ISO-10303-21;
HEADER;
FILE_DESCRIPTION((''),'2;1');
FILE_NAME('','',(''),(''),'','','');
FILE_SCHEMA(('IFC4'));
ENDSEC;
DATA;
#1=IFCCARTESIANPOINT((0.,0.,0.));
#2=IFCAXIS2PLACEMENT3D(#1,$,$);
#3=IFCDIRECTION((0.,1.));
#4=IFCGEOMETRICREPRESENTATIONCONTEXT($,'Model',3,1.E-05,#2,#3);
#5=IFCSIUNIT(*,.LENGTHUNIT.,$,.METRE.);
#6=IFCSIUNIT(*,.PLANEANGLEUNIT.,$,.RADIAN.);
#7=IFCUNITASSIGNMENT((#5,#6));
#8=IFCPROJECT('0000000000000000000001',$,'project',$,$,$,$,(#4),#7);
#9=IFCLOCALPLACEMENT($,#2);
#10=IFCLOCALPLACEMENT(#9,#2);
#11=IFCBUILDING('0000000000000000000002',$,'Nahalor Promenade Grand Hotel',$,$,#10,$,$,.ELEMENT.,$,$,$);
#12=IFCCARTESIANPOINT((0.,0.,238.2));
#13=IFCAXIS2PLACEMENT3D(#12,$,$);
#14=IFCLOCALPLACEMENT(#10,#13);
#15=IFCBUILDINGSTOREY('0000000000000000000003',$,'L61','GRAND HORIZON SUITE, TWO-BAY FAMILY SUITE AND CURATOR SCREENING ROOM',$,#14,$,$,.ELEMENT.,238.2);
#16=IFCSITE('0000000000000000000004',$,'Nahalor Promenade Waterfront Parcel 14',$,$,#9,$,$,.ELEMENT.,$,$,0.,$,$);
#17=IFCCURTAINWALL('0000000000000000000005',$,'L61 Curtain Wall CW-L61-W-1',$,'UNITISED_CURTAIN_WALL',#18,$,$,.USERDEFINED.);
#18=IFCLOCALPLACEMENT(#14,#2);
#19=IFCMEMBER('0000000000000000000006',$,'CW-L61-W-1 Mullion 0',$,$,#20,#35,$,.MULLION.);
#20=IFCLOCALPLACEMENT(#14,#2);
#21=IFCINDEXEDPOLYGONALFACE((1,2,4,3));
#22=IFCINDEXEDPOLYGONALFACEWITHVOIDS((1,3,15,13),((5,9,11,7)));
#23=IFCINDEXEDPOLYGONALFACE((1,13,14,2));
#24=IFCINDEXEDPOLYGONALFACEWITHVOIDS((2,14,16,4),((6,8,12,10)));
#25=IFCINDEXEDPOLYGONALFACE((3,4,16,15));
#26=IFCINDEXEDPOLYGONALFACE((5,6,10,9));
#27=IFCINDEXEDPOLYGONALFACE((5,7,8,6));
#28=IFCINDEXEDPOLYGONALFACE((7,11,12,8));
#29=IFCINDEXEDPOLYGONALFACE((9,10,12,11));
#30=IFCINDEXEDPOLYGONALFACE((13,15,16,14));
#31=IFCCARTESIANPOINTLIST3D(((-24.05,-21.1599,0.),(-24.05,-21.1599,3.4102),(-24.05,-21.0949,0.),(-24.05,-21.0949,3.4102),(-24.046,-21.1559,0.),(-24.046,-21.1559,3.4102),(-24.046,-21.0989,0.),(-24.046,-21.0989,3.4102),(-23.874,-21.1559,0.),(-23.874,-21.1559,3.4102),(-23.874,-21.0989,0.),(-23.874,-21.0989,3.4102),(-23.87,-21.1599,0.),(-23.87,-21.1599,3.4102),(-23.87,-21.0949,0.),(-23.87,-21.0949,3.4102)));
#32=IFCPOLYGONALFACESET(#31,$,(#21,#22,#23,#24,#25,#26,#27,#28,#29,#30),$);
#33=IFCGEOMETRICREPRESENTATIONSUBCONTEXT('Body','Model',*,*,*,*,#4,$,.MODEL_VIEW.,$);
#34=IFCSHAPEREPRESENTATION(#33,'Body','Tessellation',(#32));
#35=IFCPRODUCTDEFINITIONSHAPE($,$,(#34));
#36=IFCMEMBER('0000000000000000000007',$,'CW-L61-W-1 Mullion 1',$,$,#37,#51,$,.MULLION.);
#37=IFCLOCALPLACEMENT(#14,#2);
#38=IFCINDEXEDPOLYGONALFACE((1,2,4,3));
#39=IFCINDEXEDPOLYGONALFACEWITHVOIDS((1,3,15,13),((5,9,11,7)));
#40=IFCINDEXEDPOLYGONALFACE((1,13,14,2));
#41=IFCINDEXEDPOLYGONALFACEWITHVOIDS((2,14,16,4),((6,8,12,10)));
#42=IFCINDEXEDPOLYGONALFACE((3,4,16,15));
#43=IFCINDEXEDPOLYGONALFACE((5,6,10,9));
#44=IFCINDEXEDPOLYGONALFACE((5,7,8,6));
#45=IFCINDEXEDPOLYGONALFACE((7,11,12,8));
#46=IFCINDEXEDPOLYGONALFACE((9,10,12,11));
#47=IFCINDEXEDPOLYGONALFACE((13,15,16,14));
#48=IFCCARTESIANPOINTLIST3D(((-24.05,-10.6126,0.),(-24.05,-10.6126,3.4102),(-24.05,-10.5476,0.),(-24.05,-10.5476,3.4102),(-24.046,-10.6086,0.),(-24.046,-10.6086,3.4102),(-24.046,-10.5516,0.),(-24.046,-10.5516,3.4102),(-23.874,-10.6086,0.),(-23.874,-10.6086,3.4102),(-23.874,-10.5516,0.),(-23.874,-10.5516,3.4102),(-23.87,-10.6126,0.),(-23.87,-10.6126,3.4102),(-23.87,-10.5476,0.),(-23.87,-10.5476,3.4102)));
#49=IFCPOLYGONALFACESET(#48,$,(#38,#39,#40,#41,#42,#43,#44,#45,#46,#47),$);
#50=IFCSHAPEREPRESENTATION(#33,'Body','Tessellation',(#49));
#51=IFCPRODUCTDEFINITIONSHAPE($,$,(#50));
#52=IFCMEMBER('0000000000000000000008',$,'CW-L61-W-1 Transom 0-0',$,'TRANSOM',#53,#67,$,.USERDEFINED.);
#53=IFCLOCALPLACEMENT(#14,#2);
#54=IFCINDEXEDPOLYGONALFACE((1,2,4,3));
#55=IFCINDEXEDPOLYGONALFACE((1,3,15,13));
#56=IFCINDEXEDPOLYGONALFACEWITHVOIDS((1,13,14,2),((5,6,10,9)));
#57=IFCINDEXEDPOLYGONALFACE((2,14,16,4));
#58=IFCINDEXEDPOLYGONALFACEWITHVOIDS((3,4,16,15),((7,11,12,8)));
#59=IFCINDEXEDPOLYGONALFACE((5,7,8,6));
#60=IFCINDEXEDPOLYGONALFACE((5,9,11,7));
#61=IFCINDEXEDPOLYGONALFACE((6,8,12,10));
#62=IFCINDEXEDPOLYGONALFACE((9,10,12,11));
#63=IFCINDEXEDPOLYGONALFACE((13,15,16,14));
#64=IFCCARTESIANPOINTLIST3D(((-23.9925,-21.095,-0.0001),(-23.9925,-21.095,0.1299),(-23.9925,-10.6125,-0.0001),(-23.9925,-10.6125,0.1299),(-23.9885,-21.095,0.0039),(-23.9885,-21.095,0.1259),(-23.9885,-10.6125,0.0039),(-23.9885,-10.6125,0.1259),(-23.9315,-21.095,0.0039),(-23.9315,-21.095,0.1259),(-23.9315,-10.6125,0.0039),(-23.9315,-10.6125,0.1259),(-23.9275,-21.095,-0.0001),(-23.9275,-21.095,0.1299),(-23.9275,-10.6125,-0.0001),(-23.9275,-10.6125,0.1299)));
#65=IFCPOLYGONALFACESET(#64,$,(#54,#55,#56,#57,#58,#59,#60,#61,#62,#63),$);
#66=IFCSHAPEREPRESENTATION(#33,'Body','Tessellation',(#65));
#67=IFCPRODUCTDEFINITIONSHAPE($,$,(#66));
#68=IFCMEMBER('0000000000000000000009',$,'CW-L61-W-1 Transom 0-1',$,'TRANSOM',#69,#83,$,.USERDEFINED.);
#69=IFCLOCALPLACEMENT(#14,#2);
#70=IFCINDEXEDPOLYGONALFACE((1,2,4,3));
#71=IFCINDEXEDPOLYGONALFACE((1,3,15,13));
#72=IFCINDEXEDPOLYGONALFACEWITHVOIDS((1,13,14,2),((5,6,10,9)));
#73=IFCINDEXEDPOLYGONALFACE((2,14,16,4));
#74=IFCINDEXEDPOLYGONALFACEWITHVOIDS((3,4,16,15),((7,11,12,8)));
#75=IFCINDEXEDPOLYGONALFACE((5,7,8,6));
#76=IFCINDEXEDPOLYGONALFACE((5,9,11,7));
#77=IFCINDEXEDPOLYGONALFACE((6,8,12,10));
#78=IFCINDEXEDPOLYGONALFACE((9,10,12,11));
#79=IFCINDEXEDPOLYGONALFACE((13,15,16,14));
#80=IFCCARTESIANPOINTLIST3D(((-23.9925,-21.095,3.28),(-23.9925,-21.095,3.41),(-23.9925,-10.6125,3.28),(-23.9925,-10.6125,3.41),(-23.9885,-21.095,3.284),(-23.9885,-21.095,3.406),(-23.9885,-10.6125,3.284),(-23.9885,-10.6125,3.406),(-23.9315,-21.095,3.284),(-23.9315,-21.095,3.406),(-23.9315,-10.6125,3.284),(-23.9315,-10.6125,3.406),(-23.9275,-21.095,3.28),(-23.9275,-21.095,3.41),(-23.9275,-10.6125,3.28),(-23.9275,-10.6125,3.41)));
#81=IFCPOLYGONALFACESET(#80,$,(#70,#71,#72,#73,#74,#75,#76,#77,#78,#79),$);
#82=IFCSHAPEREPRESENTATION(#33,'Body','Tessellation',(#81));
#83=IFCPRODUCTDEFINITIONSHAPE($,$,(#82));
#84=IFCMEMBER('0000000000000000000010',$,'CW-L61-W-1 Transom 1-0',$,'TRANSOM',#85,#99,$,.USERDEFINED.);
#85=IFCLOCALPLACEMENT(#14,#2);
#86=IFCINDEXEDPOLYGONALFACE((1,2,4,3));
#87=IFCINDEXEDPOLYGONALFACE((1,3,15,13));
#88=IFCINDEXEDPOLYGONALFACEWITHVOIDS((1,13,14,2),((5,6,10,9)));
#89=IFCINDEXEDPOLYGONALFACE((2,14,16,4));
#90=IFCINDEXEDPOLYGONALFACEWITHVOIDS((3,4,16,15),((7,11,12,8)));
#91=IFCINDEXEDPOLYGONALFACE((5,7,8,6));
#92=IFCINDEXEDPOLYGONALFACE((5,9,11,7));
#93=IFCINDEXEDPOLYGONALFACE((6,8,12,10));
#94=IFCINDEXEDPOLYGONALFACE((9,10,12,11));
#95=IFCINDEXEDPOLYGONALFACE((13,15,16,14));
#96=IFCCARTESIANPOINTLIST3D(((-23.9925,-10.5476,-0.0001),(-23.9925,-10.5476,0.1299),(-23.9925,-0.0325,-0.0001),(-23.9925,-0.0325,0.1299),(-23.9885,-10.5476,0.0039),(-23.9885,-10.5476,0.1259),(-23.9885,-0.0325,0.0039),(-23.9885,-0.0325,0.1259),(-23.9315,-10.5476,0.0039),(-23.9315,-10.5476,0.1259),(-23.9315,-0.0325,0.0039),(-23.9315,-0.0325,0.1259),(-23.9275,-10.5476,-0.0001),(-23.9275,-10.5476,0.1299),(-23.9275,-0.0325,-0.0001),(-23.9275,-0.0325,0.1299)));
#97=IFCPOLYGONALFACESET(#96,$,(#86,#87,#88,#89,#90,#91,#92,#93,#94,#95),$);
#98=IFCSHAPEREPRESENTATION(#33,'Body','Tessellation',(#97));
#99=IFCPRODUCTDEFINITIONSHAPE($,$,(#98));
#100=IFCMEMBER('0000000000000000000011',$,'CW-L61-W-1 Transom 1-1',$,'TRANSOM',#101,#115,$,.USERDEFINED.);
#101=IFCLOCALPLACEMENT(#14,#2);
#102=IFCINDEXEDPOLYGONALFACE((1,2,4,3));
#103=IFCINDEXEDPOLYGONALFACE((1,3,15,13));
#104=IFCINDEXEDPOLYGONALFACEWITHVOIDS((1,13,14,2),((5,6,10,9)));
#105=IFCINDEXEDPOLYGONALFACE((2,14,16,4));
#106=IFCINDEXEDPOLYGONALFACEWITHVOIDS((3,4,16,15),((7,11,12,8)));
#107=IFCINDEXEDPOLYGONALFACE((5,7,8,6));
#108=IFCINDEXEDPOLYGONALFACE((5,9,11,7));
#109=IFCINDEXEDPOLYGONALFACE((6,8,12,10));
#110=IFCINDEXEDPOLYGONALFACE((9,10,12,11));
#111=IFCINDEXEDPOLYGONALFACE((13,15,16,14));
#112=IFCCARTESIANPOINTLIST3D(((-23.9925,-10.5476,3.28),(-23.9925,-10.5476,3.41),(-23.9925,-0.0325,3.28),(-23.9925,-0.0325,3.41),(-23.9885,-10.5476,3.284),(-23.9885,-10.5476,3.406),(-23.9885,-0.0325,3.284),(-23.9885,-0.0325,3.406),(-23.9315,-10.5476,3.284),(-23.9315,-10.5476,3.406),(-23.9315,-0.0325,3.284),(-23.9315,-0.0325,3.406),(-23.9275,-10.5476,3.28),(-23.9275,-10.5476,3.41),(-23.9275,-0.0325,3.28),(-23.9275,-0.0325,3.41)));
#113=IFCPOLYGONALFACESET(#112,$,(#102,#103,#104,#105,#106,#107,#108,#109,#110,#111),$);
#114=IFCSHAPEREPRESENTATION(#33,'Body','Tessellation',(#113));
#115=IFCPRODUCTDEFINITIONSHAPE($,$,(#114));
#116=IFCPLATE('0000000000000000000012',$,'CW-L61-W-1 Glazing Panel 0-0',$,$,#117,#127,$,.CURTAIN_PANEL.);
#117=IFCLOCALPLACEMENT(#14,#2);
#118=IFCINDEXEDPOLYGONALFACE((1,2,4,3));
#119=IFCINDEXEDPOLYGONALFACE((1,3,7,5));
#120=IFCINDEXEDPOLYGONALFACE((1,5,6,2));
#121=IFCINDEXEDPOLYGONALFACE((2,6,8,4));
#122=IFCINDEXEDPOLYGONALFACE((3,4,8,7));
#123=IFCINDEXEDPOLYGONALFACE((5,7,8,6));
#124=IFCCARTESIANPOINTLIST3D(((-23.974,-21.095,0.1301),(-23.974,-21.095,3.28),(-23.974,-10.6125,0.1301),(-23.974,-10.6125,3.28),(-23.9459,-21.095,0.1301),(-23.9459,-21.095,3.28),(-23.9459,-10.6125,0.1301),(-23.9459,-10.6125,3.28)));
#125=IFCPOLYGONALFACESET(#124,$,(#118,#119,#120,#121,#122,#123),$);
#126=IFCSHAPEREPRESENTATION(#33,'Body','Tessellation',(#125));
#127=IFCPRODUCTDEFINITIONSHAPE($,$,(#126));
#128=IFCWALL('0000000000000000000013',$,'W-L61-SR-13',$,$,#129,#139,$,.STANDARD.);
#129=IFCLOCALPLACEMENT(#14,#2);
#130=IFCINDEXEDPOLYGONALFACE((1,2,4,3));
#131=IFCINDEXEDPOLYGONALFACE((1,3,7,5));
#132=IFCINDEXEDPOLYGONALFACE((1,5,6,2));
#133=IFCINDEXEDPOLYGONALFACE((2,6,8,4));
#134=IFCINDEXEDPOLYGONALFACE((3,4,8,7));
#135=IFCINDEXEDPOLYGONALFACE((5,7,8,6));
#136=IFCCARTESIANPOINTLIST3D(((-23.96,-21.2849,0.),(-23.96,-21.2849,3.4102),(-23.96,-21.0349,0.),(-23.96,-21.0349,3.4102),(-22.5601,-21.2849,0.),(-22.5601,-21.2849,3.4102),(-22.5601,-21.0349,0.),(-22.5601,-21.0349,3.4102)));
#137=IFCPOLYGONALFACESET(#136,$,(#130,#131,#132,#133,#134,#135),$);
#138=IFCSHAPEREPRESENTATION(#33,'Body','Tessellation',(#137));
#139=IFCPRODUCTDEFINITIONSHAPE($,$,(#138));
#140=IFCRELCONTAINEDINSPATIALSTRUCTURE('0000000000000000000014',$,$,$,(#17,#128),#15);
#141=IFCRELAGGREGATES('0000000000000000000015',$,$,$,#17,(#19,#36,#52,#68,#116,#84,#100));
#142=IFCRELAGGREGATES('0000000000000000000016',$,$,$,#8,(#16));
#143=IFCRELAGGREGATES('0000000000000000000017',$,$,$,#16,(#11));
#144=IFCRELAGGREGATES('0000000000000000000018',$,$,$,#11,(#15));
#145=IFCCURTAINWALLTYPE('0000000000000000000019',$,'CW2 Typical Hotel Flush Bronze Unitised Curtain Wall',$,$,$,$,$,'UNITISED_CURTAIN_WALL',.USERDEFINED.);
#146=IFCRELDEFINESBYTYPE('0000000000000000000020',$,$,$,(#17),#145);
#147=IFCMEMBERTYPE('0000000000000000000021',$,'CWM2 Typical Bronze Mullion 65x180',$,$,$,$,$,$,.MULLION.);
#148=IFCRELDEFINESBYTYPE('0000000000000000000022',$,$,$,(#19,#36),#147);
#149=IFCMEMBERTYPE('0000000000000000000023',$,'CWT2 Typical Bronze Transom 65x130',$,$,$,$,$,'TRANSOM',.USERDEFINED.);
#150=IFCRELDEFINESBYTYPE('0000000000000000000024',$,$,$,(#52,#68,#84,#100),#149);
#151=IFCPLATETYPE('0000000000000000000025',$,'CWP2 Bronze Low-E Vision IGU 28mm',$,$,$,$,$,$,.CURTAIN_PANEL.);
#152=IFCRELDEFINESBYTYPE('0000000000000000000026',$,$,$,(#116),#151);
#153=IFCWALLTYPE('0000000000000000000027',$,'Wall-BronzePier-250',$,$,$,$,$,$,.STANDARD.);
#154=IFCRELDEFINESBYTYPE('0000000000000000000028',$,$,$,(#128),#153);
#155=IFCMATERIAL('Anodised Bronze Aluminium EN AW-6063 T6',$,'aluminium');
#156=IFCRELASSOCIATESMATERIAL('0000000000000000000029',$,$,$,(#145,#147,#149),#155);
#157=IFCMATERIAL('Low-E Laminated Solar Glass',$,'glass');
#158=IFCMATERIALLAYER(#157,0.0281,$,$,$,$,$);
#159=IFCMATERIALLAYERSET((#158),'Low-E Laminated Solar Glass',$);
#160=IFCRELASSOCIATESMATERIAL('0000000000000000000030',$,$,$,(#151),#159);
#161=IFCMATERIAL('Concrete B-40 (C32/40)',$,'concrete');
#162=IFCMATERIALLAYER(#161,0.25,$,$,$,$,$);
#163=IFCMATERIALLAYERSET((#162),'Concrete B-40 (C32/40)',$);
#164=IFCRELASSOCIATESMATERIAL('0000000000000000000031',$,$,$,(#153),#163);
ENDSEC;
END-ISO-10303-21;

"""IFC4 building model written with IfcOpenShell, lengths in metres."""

from ifc_helpers import new_model, si_unit, direction, frame, frame_2d, origin, origin_2d, place, context, subcontext, project, spatial, rectangle, hollow_rectangle, extrude, source, transform, mapped, material, layer, layer_set, material_profile, profile_set, type_object, element, aggregate, save


model = new_model("IFC4")

# Units and contexts
model_context = context("Model", 3, precision=1e-05, world=origin(), true_north=direction((0.0, 1.0)))
body_context = subcontext(model_context, "Body", "Model", "MODEL_VIEW")
ifc_project = project(units=[si_unit("LENGTHUNIT", "METRE"), si_unit("PLANEANGLEUNIT", "RADIAN")], contexts=[model_context])

# Site, building, storey
site_placement = place(None, origin())
site = spatial("IfcSite", under=ifc_project, at=site_placement, Name="Nahalor Promenade Waterfront Parcel 14", CompositionType="ELEMENT", RefElevation=0.0)
building_placement = place(site_placement, origin())
building = spatial("IfcBuilding", under=site, at=building_placement, Name="Nahalor Promenade Grand Hotel", CompositionType="ELEMENT")
storey_placement = place(building_placement, frame((0.0, 0.0, 238.2)))
storey = spatial("IfcBuildingStorey", under=building, at=storey_placement, Name="L61", Description="GRAND HORIZON SUITE, TWO-BAY FAMILY SUITE AND CURATOR SCREENING ROOM", CompositionType="ELEMENT", Elevation=238.2)

# Curtain wall, members, plate
ifc_material_1 = material(Name="Anodised Bronze Aluminium EN AW-6063 T6", Category="aluminium")
curtain_wall_type = type_object("IfcCurtainWallType", Name="CW2 Typical Hotel Flush Bronze Unitised Curtain Wall", ElementType="UNITISED_CURTAIN_WALL", PredefinedType="USERDEFINED", material=ifc_material_1)
curtain_wall_placement = place(storey_placement, origin())
curtain_wall = element("IfcCurtainWall", 1, at=curtain_wall_placement, inside=storey, type_object=curtain_wall_type, Name="L61 Curtain Wall CW-L61-W-1", ObjectType="UNITISED_CURTAIN_WALL", PredefinedType="USERDEFINED")
ifc_material_profile_1 = material_profile(ifc_material_1, hollow_rectangle(XDim=0.065, YDim=0.18, WallThickness=0.004, at=origin_2d()), Name="CWM 65x180x4")
ifc_profile_set_1 = profile_set([ifc_material_profile_1], Name="Anodised Bronze Aluminium EN AW-6063 T6")
member_type_1 = type_object("IfcMemberType", Name="CWM2 Typical Bronze Mullion 65x180", PredefinedType="MULLION", material=ifc_profile_set_1)
shared_shape_1 = source(origin(), body_context, "Body", "SweptSolid", [
    extrude(hollow_rectangle(XDim=0.065, YDim=0.18, WallThickness=0.004, at=origin_2d()), origin(), (0.0, 0.0, 1.0), 3.4102),
])
member_1_placement = place(storey_placement, frame((-23.96, -21.1274, 0.0), z_axis=(0.0, 0.0, 1.0), x_axis=(0.0, 1.0, 0.0)))
member_1 = element("IfcMember", 2, at=member_1_placement, type_object=member_type_1, Name="CW-L61-W-1 Mullion 0", PredefinedType="MULLION", context=body_context, shape_type="MappedRepresentation", body=[
    mapped(shared_shape_1, transform((0.0, 0.0, 0.0), scale=1.0)),
])
member_2_placement = place(storey_placement, frame((-23.96, -10.5801, 0.0), z_axis=(0.0, 0.0, 1.0), x_axis=(0.0, 1.0, 0.0)))
member_2 = element("IfcMember", 3, at=member_2_placement, type_object=member_type_1, Name="CW-L61-W-1 Mullion 1", PredefinedType="MULLION", context=body_context, shape_type="MappedRepresentation", body=[
    mapped(shared_shape_1, transform((0.0, 0.0, 0.0), scale=1.0)),
])
ifc_material_profile_2 = material_profile(ifc_material_1, hollow_rectangle(XDim=0.065, YDim=0.13, WallThickness=0.004, at=origin_2d()), Name="CWT 65x130x4")
ifc_profile_set_2 = profile_set([ifc_material_profile_2], Name="Anodised Bronze Aluminium EN AW-6063 T6")
member_type_2 = type_object("IfcMemberType", Name="CWT2 Typical Bronze Transom 65x130", ElementType="TRANSOM", PredefinedType="USERDEFINED", material=ifc_profile_set_2)
shared_shape_2 = source(origin(), body_context, "Body", "SweptSolid", [
    extrude(hollow_rectangle(XDim=0.065, YDim=0.13, WallThickness=0.004, at=origin_2d()), origin(), (0.0, 0.0, 1.0), 10.4824),
])
member_3_placement = place(storey_placement, frame((-23.96, -21.095, 0.0649), z_axis=(0.0, 1.0, 0.0), x_axis=(-1.0, 0.0, 0.0)))
member_3 = element("IfcMember", 4, at=member_3_placement, type_object=member_type_2, Name="CW-L61-W-1 Transom 0-0", ObjectType="TRANSOM", PredefinedType="USERDEFINED", context=body_context, shape_type="MappedRepresentation", body=[
    mapped(shared_shape_2, transform((0.0, 0.0, 0.0), scale=1.0)),
])
member_4_placement = place(storey_placement, frame((-23.96, -21.095, 3.345), z_axis=(0.0, 1.0, 0.0), x_axis=(-1.0, 0.0, 0.0)))
member_4 = element("IfcMember", 5, at=member_4_placement, type_object=member_type_2, Name="CW-L61-W-1 Transom 0-1", ObjectType="TRANSOM", PredefinedType="USERDEFINED", context=body_context, shape_type="MappedRepresentation", body=[
    mapped(shared_shape_2, transform((0.0, 0.0, 0.0), scale=1.0)),
])
shared_shape_3 = source(origin(), body_context, "Body", "SweptSolid", [
    extrude(hollow_rectangle(XDim=0.065, YDim=0.13, WallThickness=0.004, at=origin_2d()), origin(), (0.0, 0.0, 1.0), 10.5151),
])
member_5_placement = place(storey_placement, frame((-23.96, -10.5476, 0.0649), z_axis=(0.0, 1.0, 0.0), x_axis=(-1.0, 0.0, 0.0)))
member_5 = element("IfcMember", 6, at=member_5_placement, type_object=member_type_2, Name="CW-L61-W-1 Transom 1-0", ObjectType="TRANSOM", PredefinedType="USERDEFINED", context=body_context, shape_type="MappedRepresentation", body=[
    mapped(shared_shape_3, transform((0.0, 0.0, 0.0), scale=1.0)),
])
member_6_placement = place(storey_placement, frame((-23.96, -10.5476, 3.345), z_axis=(0.0, 1.0, 0.0), x_axis=(-1.0, 0.0, 0.0)))
member_6 = element("IfcMember", 7, at=member_6_placement, type_object=member_type_2, Name="CW-L61-W-1 Transom 1-1", ObjectType="TRANSOM", PredefinedType="USERDEFINED", context=body_context, shape_type="MappedRepresentation", body=[
    mapped(shared_shape_3, transform((0.0, 0.0, 0.0), scale=1.0)),
])
ifc_material_2 = material(Name="Low-E Laminated Solar Glass", Category="glass")
ifc_layer_1 = layer(ifc_material_2, 0.0281)
ifc_layer_set_1 = layer_set([ifc_layer_1], Name="Low-E Laminated Solar Glass")
plate_type = type_object("IfcPlateType", Name="CWP2 Bronze Low-E Vision IGU 28mm", PredefinedType="CURTAIN_PANEL", material=ifc_layer_set_1)
shared_shape_4 = source(origin(), body_context, "Body", "SweptSolid", [
    extrude(rectangle(XDim=10.4824, YDim=0.0281, at=origin_2d()), origin(), (0.0, 0.0, 1.0), 3.1499),
])
plate_placement = place(storey_placement, frame((-23.96, -15.8538, 0.1301), z_axis=(0.0, 0.0, 1.0), x_axis=(0.0, 1.0, 0.0)))
plate = element("IfcPlate", 8, at=plate_placement, type_object=plate_type, Name="CW-L61-W-1 Glazing Panel 0-0", PredefinedType="CURTAIN_PANEL", context=body_context, shape_type="MappedRepresentation", body=[
    mapped(shared_shape_4, transform((0.0, 0.0, 0.0), scale=1.0)),
])
aggregate(curtain_wall, [member_1, member_2, member_3, member_4, plate, member_5, member_6])

# Wall
ifc_material_3 = material(Name="Concrete B-40 (C32/40)", Category="concrete")
ifc_layer_2 = layer(ifc_material_3, 0.25)
ifc_layer_set_2 = layer_set([ifc_layer_2], Name="Concrete B-40 (C32/40)")
wall_type = type_object("IfcWallType", Name="Wall-BronzePier-250", PredefinedType="STANDARD", material=ifc_layer_set_2)
shared_shape_5 = source(origin(), body_context, "Body", "SweptSolid", [
    extrude(rectangle(XDim=1.3999, YDim=0.25, at=frame_2d((0.7, 0.0))), origin(), (0.0, 0.0, 1.0), 3.4102),
])
wall_placement = place(storey_placement, frame((-23.96, -21.1599, 0.0), z_axis=(0.0, 0.0, 1.0), x_axis=(1.0, 0.0, 0.0)))
element("IfcWall", 9, at=wall_placement, inside=storey, type_object=wall_type, Name="W-L61-SR-13", PredefinedType="STANDARD", context=body_context, shape_type="MappedRepresentation", body=[
    mapped(shared_shape_5, transform((0.0, 0.0, 0.0), scale=1.0)),
])

save(model, "model.ifc")
